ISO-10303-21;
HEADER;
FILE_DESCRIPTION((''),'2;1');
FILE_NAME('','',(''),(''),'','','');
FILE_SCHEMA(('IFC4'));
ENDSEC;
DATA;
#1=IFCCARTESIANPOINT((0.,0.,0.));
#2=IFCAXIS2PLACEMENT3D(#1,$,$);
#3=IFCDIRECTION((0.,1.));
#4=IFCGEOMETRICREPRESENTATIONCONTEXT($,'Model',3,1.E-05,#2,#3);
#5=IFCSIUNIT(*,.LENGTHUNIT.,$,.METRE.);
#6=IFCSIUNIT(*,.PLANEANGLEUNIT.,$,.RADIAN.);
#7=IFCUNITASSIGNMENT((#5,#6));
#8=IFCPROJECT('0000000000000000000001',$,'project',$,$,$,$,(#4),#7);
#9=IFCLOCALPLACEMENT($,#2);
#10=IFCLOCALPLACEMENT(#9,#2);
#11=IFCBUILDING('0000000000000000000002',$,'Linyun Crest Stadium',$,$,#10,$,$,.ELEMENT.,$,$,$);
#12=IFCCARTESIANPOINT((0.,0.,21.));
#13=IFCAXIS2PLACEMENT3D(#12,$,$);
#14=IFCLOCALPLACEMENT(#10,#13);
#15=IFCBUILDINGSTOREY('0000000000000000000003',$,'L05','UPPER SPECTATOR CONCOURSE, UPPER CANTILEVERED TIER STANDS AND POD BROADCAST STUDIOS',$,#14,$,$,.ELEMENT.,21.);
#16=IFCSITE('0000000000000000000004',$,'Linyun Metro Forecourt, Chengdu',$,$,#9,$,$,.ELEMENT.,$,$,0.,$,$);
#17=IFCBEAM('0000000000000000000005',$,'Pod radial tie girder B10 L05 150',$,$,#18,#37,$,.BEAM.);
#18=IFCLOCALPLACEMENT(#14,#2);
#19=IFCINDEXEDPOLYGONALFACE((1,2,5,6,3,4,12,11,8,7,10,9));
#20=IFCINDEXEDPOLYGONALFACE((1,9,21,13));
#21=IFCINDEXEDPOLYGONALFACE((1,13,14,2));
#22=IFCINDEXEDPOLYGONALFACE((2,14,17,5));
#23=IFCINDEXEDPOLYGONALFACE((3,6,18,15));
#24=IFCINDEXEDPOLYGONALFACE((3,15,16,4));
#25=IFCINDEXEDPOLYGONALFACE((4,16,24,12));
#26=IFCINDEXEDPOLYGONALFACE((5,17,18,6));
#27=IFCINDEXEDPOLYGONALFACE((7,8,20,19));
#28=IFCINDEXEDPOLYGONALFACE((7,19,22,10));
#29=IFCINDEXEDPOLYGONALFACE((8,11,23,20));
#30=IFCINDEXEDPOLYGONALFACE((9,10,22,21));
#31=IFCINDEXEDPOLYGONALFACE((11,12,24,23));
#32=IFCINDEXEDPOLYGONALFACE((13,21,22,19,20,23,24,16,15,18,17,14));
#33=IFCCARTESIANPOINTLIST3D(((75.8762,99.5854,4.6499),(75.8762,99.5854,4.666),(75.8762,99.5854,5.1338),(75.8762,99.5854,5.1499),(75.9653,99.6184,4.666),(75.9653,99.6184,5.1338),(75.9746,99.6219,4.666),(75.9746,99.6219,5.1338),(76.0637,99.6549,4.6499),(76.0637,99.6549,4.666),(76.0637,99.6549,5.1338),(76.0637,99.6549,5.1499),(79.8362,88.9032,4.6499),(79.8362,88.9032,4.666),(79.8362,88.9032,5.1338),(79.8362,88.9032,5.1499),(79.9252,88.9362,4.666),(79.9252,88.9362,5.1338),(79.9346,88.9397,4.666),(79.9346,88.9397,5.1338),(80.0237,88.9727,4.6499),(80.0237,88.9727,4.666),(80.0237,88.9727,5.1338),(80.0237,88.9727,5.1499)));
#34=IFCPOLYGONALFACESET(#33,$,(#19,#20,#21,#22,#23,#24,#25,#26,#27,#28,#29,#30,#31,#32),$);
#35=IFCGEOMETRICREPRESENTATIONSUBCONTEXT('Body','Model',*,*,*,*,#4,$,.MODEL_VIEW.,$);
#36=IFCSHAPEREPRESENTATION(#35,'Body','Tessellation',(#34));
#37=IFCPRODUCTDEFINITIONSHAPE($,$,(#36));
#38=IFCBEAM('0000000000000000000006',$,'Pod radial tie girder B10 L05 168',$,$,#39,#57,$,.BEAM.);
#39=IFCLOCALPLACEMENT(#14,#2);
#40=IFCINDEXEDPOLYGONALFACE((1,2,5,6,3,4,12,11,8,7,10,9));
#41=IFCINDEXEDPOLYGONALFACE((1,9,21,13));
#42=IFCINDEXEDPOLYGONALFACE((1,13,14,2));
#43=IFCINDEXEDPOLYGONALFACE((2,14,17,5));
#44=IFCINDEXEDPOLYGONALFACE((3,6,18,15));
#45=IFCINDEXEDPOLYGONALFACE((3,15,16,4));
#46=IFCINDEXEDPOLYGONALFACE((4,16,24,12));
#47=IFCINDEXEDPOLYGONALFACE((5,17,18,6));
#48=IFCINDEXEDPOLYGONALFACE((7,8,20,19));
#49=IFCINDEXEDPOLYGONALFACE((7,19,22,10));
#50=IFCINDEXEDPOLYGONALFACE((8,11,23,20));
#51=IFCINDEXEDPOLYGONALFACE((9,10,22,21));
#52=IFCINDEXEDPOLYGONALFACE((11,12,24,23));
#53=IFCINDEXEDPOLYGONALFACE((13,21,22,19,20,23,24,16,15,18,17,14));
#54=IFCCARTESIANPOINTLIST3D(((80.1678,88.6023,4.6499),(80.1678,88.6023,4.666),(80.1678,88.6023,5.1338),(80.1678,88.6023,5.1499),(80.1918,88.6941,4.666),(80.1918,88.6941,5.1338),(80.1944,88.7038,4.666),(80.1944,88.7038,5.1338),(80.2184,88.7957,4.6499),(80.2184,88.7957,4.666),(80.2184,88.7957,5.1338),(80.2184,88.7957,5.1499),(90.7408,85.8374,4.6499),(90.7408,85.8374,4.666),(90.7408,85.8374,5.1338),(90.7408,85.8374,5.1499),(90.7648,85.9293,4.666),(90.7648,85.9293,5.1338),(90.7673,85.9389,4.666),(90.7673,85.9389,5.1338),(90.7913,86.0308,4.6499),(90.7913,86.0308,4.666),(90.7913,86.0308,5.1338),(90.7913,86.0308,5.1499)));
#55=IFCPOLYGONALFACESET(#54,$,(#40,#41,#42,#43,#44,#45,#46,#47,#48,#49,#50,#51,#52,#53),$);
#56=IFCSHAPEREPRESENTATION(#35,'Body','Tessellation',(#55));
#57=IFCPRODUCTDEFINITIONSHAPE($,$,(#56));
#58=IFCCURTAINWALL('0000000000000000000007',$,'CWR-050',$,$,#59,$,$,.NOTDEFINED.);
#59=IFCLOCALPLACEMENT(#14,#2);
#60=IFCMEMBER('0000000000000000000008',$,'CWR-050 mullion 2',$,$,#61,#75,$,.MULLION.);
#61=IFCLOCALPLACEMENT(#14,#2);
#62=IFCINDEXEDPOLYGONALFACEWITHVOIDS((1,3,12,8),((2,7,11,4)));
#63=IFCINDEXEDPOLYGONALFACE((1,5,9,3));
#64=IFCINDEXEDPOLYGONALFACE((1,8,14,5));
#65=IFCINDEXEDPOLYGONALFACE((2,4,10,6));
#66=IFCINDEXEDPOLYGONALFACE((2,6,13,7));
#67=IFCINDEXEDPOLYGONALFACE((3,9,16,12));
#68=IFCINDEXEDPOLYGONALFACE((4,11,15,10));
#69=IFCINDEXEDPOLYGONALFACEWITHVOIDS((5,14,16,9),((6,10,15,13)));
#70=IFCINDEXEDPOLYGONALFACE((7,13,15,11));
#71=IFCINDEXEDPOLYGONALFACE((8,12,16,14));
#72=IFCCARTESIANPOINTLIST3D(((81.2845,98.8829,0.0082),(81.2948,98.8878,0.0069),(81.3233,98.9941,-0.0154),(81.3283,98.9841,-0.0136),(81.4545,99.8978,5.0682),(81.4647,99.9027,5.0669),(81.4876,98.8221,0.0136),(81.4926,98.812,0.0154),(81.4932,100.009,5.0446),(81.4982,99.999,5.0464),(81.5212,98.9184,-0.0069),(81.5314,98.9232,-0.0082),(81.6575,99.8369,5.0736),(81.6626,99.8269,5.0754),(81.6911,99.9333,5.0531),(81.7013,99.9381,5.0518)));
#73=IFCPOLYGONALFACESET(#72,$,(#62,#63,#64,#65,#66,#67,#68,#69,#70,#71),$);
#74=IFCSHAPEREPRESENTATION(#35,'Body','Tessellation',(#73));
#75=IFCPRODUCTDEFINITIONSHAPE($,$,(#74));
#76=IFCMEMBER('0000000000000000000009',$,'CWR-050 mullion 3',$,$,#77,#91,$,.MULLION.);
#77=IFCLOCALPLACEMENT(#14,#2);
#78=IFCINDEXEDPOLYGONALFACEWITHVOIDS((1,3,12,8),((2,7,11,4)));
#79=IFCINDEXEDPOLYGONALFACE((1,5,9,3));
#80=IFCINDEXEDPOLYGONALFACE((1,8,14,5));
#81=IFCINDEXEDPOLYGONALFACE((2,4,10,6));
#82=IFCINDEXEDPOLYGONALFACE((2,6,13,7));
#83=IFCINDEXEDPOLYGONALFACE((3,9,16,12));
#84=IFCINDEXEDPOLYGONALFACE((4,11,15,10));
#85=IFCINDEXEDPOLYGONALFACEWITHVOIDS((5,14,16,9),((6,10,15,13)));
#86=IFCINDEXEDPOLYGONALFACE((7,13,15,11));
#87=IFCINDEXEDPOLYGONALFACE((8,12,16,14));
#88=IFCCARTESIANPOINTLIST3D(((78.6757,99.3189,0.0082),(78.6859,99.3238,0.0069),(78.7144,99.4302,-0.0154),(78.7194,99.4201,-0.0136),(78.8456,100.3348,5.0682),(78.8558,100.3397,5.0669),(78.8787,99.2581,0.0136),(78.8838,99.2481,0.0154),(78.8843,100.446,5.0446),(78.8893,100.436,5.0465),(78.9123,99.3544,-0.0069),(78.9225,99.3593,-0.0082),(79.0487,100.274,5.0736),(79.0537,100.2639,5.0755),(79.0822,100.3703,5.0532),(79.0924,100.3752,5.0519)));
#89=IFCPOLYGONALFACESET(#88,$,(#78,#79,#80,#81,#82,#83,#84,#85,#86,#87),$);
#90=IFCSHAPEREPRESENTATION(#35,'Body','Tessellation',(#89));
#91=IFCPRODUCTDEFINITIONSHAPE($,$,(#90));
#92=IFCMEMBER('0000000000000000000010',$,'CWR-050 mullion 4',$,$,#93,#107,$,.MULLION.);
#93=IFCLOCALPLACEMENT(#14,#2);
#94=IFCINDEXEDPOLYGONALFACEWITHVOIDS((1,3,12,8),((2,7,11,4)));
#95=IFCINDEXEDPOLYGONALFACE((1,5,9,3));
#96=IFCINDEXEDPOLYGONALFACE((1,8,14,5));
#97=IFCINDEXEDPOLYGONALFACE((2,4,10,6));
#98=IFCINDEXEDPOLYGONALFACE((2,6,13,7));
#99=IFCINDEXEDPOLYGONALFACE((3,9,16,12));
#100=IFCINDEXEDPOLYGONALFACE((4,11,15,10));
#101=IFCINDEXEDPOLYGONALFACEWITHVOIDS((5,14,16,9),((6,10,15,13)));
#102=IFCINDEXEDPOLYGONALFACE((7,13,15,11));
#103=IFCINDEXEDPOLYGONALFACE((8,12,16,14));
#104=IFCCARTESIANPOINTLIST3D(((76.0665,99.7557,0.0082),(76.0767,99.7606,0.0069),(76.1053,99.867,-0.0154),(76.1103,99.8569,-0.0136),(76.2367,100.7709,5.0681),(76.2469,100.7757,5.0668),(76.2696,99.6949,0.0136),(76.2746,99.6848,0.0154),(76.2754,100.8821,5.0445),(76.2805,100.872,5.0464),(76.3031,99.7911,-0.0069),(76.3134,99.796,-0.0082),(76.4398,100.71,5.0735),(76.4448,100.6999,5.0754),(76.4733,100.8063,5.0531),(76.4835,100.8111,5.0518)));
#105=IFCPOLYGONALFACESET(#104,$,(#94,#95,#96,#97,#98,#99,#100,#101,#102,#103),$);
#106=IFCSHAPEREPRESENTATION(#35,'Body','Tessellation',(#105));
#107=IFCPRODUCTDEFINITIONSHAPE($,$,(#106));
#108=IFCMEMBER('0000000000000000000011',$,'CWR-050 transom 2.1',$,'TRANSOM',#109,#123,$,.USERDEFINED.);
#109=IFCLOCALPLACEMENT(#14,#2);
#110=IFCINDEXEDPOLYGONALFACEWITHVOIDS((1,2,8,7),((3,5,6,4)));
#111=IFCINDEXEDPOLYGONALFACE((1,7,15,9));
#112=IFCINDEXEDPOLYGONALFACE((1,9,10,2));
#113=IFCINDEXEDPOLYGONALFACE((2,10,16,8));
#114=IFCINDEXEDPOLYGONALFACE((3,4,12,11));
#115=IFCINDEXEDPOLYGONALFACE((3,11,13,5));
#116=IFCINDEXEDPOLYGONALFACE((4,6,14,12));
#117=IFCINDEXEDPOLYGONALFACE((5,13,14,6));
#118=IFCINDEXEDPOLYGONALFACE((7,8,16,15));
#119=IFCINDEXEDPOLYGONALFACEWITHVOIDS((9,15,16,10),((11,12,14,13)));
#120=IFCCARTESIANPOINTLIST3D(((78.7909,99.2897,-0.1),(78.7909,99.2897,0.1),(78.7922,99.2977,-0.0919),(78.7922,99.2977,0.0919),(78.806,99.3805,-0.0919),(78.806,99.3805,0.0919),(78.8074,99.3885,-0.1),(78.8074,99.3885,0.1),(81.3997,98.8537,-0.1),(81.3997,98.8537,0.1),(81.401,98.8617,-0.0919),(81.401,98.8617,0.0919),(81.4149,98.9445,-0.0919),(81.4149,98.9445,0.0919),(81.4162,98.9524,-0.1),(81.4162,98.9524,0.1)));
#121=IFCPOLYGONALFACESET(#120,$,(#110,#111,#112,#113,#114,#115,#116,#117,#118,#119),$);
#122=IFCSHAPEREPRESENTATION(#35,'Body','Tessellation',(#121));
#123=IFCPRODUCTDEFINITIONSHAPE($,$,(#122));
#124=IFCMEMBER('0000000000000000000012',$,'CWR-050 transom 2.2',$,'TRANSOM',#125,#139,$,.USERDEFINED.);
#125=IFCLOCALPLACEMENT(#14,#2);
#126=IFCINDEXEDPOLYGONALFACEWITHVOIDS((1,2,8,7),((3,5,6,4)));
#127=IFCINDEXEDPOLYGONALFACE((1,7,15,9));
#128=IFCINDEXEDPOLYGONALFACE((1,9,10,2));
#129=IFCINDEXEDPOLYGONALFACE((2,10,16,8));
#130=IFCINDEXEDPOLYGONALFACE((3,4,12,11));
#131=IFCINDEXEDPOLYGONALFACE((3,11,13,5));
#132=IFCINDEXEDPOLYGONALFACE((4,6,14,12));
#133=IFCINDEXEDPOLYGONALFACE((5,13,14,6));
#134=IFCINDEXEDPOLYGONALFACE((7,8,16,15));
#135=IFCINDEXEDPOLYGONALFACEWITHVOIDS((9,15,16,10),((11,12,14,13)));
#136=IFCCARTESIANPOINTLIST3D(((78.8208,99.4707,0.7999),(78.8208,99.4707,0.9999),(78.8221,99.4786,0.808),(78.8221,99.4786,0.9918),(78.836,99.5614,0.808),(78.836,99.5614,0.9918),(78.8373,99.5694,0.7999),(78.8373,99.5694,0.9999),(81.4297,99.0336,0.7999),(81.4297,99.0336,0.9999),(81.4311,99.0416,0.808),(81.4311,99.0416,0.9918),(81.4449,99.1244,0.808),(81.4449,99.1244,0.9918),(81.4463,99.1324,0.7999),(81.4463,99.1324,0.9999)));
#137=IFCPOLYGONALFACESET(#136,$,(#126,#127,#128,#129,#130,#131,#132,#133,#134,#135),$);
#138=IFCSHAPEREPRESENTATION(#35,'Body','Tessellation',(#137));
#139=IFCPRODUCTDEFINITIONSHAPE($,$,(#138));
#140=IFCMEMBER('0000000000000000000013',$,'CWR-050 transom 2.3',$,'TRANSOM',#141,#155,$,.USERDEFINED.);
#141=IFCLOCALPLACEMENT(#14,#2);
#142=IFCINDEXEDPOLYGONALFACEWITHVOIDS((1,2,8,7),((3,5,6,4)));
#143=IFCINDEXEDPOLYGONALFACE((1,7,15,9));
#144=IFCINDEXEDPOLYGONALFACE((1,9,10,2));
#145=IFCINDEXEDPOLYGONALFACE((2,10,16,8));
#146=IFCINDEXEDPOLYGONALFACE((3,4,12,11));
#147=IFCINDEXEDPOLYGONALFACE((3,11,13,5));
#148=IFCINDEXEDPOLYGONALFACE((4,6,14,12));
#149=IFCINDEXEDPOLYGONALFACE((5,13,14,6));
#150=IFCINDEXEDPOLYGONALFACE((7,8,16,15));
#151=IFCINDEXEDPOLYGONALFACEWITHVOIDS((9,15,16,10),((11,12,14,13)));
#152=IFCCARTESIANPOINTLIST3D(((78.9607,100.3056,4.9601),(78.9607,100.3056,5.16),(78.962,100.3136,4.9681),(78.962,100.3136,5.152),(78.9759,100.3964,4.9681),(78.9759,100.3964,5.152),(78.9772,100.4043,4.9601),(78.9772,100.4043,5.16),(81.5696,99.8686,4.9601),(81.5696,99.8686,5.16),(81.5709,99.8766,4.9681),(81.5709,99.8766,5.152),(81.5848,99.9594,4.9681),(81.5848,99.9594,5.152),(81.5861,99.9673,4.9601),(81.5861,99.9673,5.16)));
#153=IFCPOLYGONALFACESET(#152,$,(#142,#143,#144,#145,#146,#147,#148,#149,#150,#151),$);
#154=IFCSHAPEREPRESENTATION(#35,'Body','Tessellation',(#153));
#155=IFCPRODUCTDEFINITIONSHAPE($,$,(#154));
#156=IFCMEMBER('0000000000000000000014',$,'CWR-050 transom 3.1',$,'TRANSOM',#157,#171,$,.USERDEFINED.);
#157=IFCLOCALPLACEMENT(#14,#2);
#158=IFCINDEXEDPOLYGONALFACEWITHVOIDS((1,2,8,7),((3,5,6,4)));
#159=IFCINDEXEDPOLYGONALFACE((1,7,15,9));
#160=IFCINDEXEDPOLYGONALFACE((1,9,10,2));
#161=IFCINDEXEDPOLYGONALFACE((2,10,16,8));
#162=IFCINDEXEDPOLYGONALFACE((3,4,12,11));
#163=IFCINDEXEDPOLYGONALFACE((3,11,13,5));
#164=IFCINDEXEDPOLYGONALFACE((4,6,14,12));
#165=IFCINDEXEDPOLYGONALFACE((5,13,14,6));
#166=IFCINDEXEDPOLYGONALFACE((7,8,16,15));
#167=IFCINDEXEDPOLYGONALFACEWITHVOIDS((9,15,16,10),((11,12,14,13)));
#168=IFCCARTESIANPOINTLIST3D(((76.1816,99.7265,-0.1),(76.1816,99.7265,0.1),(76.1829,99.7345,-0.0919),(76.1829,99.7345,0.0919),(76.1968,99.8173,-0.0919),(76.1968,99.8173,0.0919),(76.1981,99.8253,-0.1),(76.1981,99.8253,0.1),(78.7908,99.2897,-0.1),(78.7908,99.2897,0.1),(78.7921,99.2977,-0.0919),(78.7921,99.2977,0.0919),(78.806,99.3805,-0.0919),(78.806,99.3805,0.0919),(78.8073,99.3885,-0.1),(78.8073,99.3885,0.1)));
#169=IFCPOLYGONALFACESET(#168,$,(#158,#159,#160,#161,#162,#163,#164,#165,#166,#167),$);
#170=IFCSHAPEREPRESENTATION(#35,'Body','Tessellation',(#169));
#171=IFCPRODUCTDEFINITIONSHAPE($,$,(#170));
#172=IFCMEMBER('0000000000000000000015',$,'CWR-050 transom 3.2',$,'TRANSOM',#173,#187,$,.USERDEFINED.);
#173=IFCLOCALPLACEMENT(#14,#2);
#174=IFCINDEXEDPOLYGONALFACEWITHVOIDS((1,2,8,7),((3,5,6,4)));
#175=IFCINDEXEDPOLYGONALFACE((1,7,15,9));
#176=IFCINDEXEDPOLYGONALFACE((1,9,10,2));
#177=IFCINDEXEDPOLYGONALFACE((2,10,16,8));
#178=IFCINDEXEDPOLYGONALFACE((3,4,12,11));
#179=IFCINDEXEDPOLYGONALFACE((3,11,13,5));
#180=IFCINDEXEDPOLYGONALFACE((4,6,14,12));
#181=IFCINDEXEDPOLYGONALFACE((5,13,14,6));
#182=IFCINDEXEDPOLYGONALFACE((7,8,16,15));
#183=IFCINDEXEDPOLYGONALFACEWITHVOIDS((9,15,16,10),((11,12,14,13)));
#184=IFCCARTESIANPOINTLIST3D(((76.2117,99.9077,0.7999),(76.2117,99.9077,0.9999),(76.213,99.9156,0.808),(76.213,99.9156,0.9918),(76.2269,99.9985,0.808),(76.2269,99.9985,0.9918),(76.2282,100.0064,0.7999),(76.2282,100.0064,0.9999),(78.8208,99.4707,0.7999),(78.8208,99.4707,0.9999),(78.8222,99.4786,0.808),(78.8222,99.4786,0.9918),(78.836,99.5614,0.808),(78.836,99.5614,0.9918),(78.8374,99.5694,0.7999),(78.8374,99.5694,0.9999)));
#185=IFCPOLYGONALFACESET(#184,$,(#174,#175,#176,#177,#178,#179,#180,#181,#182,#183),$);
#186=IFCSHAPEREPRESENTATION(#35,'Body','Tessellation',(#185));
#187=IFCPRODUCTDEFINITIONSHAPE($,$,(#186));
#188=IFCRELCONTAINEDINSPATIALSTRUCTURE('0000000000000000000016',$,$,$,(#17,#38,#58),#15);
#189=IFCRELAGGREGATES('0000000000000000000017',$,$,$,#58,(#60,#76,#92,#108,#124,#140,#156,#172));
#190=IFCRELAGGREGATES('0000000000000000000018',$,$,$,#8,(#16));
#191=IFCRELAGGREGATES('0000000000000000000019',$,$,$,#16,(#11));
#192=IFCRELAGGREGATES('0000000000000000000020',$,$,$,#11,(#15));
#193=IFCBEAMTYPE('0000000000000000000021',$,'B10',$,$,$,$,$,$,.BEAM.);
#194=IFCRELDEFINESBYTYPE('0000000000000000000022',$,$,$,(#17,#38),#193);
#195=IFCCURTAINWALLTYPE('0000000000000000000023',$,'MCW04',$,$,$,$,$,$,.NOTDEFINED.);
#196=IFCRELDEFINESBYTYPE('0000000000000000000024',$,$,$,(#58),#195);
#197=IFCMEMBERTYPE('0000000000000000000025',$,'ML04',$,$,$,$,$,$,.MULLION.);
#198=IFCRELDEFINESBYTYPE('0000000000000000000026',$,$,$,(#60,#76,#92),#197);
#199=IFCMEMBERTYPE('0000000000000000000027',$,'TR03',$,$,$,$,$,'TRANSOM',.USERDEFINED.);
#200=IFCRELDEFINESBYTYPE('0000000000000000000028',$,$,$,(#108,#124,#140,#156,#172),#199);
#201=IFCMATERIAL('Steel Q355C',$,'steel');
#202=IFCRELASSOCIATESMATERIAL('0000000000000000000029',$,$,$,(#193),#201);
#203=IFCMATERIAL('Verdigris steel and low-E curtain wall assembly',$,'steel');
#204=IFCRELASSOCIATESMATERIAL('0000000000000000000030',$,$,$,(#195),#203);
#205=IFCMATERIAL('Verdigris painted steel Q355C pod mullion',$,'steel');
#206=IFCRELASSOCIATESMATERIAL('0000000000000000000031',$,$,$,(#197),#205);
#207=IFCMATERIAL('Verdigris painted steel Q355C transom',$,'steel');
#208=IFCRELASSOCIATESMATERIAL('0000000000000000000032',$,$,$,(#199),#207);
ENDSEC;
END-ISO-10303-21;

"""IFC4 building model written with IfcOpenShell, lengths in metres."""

from ifc_helpers import new_model, si_unit, direction, frame, origin, origin_2d, place, context, subcontext, project, spatial, hollow_rectangle, i_section, extrude, material, material_profile, profile_set, type_object, element, aggregate, save


model = new_model("IFC4")

# Units and contexts
model_context = context("Model", 3, precision=1e-05, world=origin(), true_north=direction((0.0, 1.0)))
body_context = subcontext(model_context, "Body", "Model", "MODEL_VIEW")
ifc_project = project(units=[si_unit("LENGTHUNIT", "METRE"), si_unit("PLANEANGLEUNIT", "RADIAN")], contexts=[model_context])

# Site, building, storey
site_placement = place(None, origin())
site = spatial("IfcSite", under=ifc_project, at=site_placement, Name="Linyun Metro Forecourt, Chengdu", CompositionType="ELEMENT", RefElevation=0.0)
building_placement = place(site_placement, origin())
building = spatial("IfcBuilding", under=site, at=building_placement, Name="Linyun Crest Stadium", CompositionType="ELEMENT")
storey_placement = place(building_placement, frame((0.0, 0.0, 21.0)))
storey = spatial("IfcBuildingStorey", under=building, at=storey_placement, Name="L05", Description="UPPER SPECTATOR CONCOURSE, UPPER CANTILEVERED TIER STANDS AND POD BROADCAST STUDIOS", CompositionType="ELEMENT", Elevation=21.0)

# Beams
ifc_material_1 = material(Name="Steel Q355C", Category="steel")
ifc_material_profile_1 = material_profile(ifc_material_1, i_section(OverallWidth=0.2, OverallDepth=0.5, WebThickness=0.01, FlangeThickness=0.0161, at=origin_2d()), Name="HN 500x200")
ifc_profile_set_1 = profile_set([ifc_material_profile_1], Name="Steel Q355C")
beam_type_1 = type_object("IfcBeamType", Name="B10", PredefinedType="BEAM", material=ifc_profile_set_1)
beam_1_placement = place(storey_placement, frame((79.9299, 88.938, 4.8999), z_axis=(-0.347594, 0.937645, 0.0), x_axis=(-0.937645, -0.347594, 0.0)))
element("IfcBeam", 1, at=beam_1_placement, inside=storey, type_object=beam_type_1, Name="Pod radial tie girder B10 L05 150", PredefinedType="BEAM", context=body_context, shape_type="SweptSolid", body=[
    extrude(i_section(OverallWidth=0.2, OverallDepth=0.5, WebThickness=0.01, FlangeThickness=0.0161, at=origin_2d()), origin(), (0.0, 0.0, 1.0), 11.3926),
])
beam_2_placement = place(storey_placement, frame((80.1931, 88.699, 4.8999), z_axis=(0.967467, -0.252998, 0.0), x_axis=(0.252998, 0.967467, 0.0)))
element("IfcBeam", 2, at=beam_2_placement, inside=storey, type_object=beam_type_1, Name="Pod radial tie girder B10 L05 168", PredefinedType="BEAM", context=body_context, shape_type="SweptSolid", body=[
    extrude(i_section(OverallWidth=0.2, OverallDepth=0.5, WebThickness=0.01, FlangeThickness=0.0161, at=origin_2d()), origin(), (0.0, 0.0, 1.0), 10.9285),
])

# Curtain wall, members
ifc_material_2 = material(Name="Verdigris steel and low-E curtain wall assembly", Category="steel")
curtain_wall_type = type_object("IfcCurtainWallType", Name="MCW04", PredefinedType="NOTDEFINED", material=ifc_material_2)
curtain_wall_placement = place(storey_placement, origin())
curtain_wall = element("IfcCurtainWall", 3, at=curtain_wall_placement, inside=storey, type_object=curtain_wall_type, Name="CWR-050", PredefinedType="NOTDEFINED")
ifc_material_3 = material(Name="Verdigris painted steel Q355C pod mullion", Category="steel")
ifc_material_profile_2 = material_profile(ifc_material_3, hollow_rectangle(XDim=0.1201, YDim=0.22, WallThickness=0.0081, at=origin_2d()), Name="RHS 220x120x8")
ifc_profile_set_2 = profile_set([ifc_material_profile_2], Name="Verdigris painted steel Q355C pod mullion")
member_type_1 = type_object("IfcMemberType", Name="ML04", PredefinedType="MULLION", material=ifc_profile_set_2)
member_1_placement = place(storey_placement, frame((81.408, 98.9031, 0.0), z_axis=(0.032907, 0.196546, 0.979942), x_axis=(0.32238, 0.92598, -0.196549)))
member_1 = element("IfcMember", 4, at=member_1_placement, type_object=member_type_1, Name="CWR-050 mullion 2", PredefinedType="MULLION", context=body_context, shape_type="SweptSolid", body=[
    extrude(hollow_rectangle(XDim=0.1201, YDim=0.22, WallThickness=0.0081, at=origin_2d()), origin(), (0.0, 0.0, 1.0), 5.1636),
])
member_2_placement = place(storey_placement, frame((78.7991, 99.3391, 0.0), z_axis=(0.032906, 0.196728, 0.979906), x_axis=(0.322229, 0.925995, -0.196726)))
member_2 = element("IfcMember", 5, at=member_2_placement, type_object=member_type_1, Name="CWR-050 mullion 3", PredefinedType="MULLION", context=body_context, shape_type="SweptSolid", body=[
    extrude(hollow_rectangle(XDim=0.1201, YDim=0.22, WallThickness=0.0081, at=origin_2d()), origin(), (0.0, 0.0, 1.0), 5.1638),
])
member_3_placement = place(storey_placement, frame((76.1899, 99.7759, 0.0), z_axis=(0.032954, 0.196591, 0.979932), x_axis=(0.322559, 0.925907, -0.196601)))
member_3 = element("IfcMember", 6, at=member_3_placement, type_object=member_type_1, Name="CWR-050 mullion 4", PredefinedType="MULLION", context=body_context, shape_type="SweptSolid", body=[
    extrude(hollow_rectangle(XDim=0.1201, YDim=0.22, WallThickness=0.0081, at=origin_2d()), origin(), (0.0, 0.0, 1.0), 5.1636),
])
ifc_material_4 = material(Name="Verdigris painted steel Q355C transom", Category="steel")
ifc_material_profile_3 = material_profile(ifc_material_4, hollow_rectangle(XDim=0.1001, YDim=0.2, WallThickness=0.0081, at=origin_2d()), Name="RHS 200x100x8")
ifc_profile_set_3 = profile_set([ifc_material_profile_3], Name="Verdigris painted steel Q355C transom")
member_type_2 = type_object("IfcMemberType", Name="TR03", ElementType="TRANSOM", PredefinedType="USERDEFINED", material=ifc_profile_set_3)
member_4_placement = place(storey_placement, frame((81.408, 98.9031, 0.0), z_axis=(-0.986319, 0.164848, 0.0), x_axis=(-0.164848, -0.986319, 0.0)))
member_4 = element("IfcMember", 7, at=member_4_placement, type_object=member_type_2, Name="CWR-050 transom 2.1", ObjectType="TRANSOM", PredefinedType="USERDEFINED", context=body_context, shape_type="SweptSolid", body=[
    extrude(hollow_rectangle(XDim=0.1001, YDim=0.2, WallThickness=0.0081, at=origin_2d()), origin(), (0.0, 0.0, 1.0), 2.645),
])
member_5_placement = place(storey_placement, frame((81.438, 99.083, 0.8999), z_axis=(-0.986259, 0.165207, 0.0), x_axis=(-0.165207, -0.986259, 0.0)))
member_5 = element("IfcMember", 8, at=member_5_placement, type_object=member_type_2, Name="CWR-050 transom 2.2", ObjectType="TRANSOM", PredefinedType="USERDEFINED", context=body_context, shape_type="SweptSolid", body=[
    extrude(hollow_rectangle(XDim=0.1001, YDim=0.2, WallThickness=0.0081, at=origin_2d()), origin(), (0.0, 0.0, 1.0), 2.6453),
])
member_6_placement = place(storey_placement, frame((81.5779, 99.918, 5.0601), z_axis=(-0.986259, 0.165207, 0.0), x_axis=(-0.165207, -0.986259, 0.0)))
member_6 = element("IfcMember", 9, at=member_6_placement, type_object=member_type_2, Name="CWR-050 transom 2.3", ObjectType="TRANSOM", PredefinedType="USERDEFINED", context=body_context, shape_type="SweptSolid", body=[
    extrude(hollow_rectangle(XDim=0.1001, YDim=0.2, WallThickness=0.0081, at=origin_2d()), origin(), (0.0, 0.0, 1.0), 2.6453),
])
member_7_placement = place(storey_placement, frame((78.7991, 99.3391, 0.0), z_axis=(-0.986276, 0.165102, 0.0), x_axis=(-0.165102, -0.986276, 0.0)))
member_7 = element("IfcMember", 10, at=member_7_placement, type_object=member_type_2, Name="CWR-050 transom 3.1", ObjectType="TRANSOM", PredefinedType="USERDEFINED", context=body_context, shape_type="SweptSolid", body=[
    extrude(hollow_rectangle(XDim=0.1001, YDim=0.2, WallThickness=0.0081, at=origin_2d()), origin(), (0.0, 0.0, 1.0), 2.6455),
])
member_8_placement = place(storey_placement, frame((78.8291, 99.52, 0.8999), z_axis=(-0.986261, 0.165192, 0.0), x_axis=(-0.165192, -0.986261, 0.0)))
member_8 = element("IfcMember", 11, at=member_8_placement, type_object=member_type_2, Name="CWR-050 transom 3.2", ObjectType="TRANSOM", PredefinedType="USERDEFINED", context=body_context, shape_type="SweptSolid", body=[
    extrude(hollow_rectangle(XDim=0.1001, YDim=0.2, WallThickness=0.0081, at=origin_2d()), origin(), (0.0, 0.0, 1.0), 2.6455),
])
aggregate(curtain_wall, [member_1, member_2, member_3, member_4, member_5, member_6, member_7, member_8])

save(model, "model.ifc")
